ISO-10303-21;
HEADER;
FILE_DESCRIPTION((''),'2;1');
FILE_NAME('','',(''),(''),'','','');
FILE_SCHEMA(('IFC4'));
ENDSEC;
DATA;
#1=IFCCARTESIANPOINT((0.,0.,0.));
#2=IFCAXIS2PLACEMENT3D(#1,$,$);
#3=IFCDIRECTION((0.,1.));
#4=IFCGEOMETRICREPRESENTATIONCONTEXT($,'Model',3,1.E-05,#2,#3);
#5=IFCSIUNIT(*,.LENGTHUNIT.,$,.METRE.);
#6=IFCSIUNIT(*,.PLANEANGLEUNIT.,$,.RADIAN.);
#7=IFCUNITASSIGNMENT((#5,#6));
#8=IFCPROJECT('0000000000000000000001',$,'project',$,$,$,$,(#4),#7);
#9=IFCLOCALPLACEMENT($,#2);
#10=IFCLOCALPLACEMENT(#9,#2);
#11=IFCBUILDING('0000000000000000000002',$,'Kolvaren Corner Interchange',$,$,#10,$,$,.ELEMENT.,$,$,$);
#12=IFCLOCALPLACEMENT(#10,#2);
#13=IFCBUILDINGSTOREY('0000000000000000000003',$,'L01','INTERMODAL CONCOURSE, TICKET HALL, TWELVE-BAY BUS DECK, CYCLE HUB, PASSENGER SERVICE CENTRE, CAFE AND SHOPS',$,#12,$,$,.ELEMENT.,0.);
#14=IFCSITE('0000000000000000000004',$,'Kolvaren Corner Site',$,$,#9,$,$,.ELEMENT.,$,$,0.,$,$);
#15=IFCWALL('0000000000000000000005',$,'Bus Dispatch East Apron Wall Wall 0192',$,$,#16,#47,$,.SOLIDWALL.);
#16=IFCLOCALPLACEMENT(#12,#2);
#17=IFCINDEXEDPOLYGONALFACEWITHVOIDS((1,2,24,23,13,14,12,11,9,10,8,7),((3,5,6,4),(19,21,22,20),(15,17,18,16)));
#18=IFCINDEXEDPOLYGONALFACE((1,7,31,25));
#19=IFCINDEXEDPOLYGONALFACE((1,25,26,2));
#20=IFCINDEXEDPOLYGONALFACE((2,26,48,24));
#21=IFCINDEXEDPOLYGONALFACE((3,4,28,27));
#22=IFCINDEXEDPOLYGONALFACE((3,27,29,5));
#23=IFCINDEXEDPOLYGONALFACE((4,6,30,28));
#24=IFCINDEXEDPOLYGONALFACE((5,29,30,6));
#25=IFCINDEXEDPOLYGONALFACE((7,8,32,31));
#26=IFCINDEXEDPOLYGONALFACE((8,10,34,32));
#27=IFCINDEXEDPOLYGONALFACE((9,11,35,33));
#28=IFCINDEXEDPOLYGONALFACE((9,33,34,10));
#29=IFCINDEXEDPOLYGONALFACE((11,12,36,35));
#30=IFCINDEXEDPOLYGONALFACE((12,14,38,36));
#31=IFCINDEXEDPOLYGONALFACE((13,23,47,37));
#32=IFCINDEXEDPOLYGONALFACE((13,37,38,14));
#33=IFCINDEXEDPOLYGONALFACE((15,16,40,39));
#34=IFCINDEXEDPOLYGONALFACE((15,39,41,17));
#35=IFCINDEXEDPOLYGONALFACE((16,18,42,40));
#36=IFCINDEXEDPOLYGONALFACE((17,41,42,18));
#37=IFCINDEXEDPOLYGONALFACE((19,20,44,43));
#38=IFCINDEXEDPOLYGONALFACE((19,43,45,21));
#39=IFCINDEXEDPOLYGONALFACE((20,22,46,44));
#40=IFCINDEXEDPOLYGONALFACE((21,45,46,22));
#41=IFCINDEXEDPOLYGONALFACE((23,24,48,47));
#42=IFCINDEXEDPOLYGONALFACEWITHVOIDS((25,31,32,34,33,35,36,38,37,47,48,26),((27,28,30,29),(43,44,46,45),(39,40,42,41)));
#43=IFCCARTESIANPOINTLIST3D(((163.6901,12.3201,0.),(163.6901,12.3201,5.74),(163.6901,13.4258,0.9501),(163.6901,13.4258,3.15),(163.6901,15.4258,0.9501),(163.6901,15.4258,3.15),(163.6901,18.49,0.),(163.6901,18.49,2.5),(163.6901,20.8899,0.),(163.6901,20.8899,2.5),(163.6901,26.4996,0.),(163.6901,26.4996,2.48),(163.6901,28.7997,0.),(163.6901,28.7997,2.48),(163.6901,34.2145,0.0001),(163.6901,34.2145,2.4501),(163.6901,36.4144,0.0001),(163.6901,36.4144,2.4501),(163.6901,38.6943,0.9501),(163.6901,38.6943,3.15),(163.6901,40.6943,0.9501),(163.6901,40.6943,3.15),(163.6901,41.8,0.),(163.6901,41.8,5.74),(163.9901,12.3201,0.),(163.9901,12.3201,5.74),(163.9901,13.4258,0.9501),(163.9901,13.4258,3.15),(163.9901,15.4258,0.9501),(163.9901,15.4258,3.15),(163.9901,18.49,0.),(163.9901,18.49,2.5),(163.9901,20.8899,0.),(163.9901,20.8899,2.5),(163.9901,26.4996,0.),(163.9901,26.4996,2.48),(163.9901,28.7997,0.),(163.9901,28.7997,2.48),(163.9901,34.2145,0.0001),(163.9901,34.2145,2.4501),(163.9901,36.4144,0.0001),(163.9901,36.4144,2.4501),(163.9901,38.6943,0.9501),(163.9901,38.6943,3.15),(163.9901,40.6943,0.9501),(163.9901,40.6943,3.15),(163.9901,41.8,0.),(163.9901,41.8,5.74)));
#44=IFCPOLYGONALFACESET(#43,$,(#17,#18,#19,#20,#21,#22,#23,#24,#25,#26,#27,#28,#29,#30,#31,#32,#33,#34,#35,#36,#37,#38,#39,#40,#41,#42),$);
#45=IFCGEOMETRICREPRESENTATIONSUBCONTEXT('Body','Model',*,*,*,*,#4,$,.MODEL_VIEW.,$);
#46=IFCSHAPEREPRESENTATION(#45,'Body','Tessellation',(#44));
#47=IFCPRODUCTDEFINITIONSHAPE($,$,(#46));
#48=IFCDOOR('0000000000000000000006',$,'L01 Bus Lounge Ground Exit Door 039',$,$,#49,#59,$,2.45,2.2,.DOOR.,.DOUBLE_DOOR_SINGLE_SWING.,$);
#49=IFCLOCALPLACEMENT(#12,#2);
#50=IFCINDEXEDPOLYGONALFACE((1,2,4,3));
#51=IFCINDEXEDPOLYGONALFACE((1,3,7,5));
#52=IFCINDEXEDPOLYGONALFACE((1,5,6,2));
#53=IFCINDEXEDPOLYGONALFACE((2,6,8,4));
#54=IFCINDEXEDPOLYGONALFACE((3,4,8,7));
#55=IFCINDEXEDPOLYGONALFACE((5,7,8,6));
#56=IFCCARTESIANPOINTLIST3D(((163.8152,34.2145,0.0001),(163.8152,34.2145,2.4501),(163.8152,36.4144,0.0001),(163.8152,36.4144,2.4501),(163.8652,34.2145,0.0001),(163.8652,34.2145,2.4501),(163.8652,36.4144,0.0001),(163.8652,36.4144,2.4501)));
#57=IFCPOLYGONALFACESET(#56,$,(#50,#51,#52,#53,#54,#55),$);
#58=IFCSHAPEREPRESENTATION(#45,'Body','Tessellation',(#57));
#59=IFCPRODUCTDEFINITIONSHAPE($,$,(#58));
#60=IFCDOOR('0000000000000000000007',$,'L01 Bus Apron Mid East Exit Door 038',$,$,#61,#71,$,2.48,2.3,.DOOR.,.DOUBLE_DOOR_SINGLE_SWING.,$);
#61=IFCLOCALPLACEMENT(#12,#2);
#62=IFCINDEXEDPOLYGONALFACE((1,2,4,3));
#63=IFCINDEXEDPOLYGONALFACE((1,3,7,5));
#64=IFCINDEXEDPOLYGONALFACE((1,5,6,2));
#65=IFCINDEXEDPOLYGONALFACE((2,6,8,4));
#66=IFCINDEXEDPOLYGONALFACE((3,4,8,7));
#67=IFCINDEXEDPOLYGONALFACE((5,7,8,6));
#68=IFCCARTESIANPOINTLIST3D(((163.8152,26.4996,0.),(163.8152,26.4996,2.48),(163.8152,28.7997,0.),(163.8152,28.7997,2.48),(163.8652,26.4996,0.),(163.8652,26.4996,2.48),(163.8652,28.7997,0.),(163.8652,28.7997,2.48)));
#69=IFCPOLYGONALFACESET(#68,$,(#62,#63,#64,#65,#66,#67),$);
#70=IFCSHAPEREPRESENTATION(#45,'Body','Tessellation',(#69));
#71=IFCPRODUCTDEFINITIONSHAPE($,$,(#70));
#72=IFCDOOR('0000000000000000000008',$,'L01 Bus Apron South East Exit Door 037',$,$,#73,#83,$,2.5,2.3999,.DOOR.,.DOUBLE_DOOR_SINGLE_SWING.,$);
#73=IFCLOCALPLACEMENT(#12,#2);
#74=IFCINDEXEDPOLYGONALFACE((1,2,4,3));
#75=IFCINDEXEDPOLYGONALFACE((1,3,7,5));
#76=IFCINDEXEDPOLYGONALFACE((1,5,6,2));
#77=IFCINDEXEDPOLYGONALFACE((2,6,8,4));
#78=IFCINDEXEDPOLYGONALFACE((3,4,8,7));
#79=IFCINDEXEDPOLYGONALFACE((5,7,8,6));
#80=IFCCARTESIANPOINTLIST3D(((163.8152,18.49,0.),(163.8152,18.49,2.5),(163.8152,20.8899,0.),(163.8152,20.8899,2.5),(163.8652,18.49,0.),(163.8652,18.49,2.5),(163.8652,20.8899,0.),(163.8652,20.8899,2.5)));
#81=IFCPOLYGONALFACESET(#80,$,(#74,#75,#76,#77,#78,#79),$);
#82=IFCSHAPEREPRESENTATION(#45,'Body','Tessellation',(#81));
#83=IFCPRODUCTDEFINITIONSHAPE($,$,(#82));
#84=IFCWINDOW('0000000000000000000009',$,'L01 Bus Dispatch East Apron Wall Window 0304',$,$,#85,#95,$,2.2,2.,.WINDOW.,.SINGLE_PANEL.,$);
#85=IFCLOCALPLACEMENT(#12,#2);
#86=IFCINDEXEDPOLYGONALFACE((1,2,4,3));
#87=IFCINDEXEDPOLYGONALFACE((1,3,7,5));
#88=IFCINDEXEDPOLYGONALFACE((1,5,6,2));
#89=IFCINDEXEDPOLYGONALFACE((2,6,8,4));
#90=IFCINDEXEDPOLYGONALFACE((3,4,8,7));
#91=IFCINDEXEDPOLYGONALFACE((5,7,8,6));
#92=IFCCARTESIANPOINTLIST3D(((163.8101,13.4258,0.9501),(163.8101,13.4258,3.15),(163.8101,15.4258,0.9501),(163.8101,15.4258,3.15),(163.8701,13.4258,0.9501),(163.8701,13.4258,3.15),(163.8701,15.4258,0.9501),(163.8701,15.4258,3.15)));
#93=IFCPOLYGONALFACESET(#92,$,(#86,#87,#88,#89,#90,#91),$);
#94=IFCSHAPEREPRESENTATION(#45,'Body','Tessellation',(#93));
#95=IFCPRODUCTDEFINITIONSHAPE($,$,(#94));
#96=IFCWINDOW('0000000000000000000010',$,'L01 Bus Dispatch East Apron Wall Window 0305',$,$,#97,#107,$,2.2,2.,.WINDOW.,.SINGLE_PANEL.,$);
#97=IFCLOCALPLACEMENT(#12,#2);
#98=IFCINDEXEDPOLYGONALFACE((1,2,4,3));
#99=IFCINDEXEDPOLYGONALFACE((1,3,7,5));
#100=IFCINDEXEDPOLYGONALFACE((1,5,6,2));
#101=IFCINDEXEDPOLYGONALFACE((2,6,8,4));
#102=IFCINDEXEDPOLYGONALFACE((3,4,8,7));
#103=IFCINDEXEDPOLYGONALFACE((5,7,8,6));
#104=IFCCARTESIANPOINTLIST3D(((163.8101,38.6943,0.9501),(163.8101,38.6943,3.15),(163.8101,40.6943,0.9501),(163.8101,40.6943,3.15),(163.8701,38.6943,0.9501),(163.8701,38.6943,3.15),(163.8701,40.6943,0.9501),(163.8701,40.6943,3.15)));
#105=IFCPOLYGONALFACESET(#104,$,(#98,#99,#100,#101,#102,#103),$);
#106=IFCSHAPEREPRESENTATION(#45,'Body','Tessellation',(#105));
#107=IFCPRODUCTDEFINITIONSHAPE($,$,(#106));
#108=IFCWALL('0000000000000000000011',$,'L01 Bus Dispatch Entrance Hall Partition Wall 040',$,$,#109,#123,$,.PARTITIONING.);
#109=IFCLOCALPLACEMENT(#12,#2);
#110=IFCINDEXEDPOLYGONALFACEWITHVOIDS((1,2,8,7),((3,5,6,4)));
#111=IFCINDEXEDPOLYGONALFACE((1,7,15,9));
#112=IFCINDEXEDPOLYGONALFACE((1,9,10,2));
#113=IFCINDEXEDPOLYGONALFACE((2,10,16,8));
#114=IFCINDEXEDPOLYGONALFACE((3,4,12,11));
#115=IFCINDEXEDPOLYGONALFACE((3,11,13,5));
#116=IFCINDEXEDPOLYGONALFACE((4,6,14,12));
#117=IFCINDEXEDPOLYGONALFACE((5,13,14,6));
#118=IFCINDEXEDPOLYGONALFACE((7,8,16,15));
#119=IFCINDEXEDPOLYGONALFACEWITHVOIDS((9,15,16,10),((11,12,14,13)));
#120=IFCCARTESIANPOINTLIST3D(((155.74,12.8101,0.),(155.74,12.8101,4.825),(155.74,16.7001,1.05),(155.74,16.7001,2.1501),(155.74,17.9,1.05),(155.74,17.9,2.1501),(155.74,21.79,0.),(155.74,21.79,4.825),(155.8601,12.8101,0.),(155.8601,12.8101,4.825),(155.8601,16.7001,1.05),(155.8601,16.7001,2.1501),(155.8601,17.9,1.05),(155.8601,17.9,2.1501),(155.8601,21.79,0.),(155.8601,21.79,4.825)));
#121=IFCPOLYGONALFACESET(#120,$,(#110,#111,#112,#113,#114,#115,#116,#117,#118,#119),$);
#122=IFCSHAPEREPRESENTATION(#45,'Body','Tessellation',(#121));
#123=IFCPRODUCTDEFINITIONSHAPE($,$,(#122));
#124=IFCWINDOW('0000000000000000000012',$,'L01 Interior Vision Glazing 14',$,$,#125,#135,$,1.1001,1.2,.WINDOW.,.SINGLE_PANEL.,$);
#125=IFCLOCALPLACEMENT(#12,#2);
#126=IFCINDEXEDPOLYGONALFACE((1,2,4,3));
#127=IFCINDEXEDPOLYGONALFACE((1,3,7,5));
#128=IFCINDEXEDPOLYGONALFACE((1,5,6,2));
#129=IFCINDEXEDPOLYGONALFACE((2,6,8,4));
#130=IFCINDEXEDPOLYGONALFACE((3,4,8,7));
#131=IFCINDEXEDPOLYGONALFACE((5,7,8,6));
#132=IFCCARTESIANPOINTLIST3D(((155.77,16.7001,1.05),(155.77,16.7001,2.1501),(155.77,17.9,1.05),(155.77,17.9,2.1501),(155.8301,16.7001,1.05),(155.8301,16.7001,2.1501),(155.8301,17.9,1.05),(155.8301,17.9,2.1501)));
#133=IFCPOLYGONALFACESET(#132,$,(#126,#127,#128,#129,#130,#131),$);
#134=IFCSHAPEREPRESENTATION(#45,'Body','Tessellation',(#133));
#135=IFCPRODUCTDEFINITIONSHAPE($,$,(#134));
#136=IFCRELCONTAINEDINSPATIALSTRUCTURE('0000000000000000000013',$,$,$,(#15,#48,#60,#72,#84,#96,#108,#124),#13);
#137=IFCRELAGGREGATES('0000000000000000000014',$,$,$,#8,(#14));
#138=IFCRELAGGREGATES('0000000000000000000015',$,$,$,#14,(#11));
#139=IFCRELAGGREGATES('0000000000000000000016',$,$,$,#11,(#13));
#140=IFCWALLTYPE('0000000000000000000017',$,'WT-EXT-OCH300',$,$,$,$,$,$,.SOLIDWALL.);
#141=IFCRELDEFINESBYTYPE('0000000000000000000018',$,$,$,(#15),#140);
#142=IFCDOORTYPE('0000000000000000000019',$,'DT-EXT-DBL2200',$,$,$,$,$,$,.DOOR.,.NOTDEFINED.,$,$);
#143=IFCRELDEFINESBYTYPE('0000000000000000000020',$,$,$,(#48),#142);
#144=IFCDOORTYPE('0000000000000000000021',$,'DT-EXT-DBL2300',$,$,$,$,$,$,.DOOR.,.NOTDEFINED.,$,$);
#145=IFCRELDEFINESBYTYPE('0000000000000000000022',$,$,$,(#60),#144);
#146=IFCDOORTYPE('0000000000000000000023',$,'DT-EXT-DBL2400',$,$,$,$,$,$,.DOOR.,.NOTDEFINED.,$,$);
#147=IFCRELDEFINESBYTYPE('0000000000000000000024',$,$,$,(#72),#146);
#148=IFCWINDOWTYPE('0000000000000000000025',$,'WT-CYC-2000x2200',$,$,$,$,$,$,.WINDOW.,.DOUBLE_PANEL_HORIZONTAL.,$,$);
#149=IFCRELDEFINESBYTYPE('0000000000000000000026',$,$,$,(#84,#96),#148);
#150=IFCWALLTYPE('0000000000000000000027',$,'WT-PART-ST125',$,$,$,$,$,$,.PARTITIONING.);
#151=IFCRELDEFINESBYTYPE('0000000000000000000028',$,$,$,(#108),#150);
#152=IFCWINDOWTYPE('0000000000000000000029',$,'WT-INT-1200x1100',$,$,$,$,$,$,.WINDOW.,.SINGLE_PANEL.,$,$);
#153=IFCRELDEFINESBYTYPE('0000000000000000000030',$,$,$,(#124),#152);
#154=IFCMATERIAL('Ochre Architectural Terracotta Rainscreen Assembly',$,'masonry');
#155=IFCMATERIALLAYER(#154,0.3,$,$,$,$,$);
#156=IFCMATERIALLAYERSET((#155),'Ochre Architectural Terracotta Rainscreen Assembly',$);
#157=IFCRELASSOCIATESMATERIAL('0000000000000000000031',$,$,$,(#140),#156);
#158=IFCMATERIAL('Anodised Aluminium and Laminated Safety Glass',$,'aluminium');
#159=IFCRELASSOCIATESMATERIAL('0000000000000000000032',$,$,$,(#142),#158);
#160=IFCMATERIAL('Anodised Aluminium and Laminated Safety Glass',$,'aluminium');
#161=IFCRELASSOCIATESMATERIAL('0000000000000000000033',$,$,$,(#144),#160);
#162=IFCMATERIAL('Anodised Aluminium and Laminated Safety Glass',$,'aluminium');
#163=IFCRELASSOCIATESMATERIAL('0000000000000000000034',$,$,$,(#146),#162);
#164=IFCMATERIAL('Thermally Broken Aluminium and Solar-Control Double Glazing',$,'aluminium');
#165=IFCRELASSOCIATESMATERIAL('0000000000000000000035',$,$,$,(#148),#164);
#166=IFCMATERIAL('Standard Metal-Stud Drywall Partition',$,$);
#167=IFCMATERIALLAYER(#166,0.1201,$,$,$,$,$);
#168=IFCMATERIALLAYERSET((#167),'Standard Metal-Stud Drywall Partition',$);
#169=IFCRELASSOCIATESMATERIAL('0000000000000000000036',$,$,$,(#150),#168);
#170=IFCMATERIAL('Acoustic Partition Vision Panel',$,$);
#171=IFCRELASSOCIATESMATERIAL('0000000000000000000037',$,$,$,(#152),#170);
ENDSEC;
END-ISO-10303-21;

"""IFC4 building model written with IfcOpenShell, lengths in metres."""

from ifc_helpers import new_model, si_unit, direction, frame, frame_2d, origin, place, context, subcontext, project, spatial, rectangle, extrude, material, layer, layer_set, type_object, element, fill, save


model = new_model("IFC4")

# Units and contexts
model_context = context("Model", 3, precision=1e-05, world=origin(), true_north=direction((0.0, 1.0)))
body_context = subcontext(model_context, "Body", "Model", "MODEL_VIEW")
ifc_project = project(units=[si_unit("LENGTHUNIT", "METRE"), si_unit("PLANEANGLEUNIT", "RADIAN")], contexts=[model_context])

# Site, building, storey
site_placement = place(None, origin())
site = spatial("IfcSite", under=ifc_project, at=site_placement, Name="Kolvaren Corner Site", CompositionType="ELEMENT", RefElevation=0.0)
building_placement = place(site_placement, origin())
building = spatial("IfcBuilding", under=site, at=building_placement, Name="Kolvaren Corner Interchange", CompositionType="ELEMENT")
storey_placement = place(building_placement, origin())
storey = spatial("IfcBuildingStorey", under=building, at=storey_placement, Name="L01", Description="INTERMODAL CONCOURSE, TICKET HALL, TWELVE-BAY BUS DECK, CYCLE HUB, PASSENGER SERVICE CENTRE, CAFE AND SHOPS", CompositionType="ELEMENT", Elevation=0.0)

# Shared definitions
ifc_material_1 = material(Name="Ochre Architectural Terracotta Rainscreen Assembly", Category="masonry")
ifc_layer_1 = layer(ifc_material_1, 0.3)
ifc_layer_set_1 = layer_set([ifc_layer_1], Name="Ochre Architectural Terracotta Rainscreen Assembly")
wall_type_1 = type_object("IfcWallType", Name="WT-EXT-OCH300", PredefinedType="SOLIDWALL", material=ifc_layer_set_1)

# Wall, openings, doors, windows
wall_1_placement = place(storey_placement, frame((163.8401, 12.3201, 0.0), z_axis=(0.0, 0.0, 1.0), x_axis=(0.0, 1.0, 0.0)))
wall_1 = element("IfcWall", 1, at=wall_1_placement, inside=storey, type_object=wall_type_1, Name="Bus Dispatch East Apron Wall Wall 0192", PredefinedType="SOLIDWALL", context=body_context, shape_type="SweptSolid", body=[
    extrude(rectangle(XDim=29.48, YDim=0.3, at=frame_2d((14.74, 0.0))), origin(), (0.0, 0.0, 1.0), 5.74),
])
opening_1_placement = place(wall_1_placement, frame((6.1699, 0.0, 0.0)))
opening_1 = element("IfcOpeningElement", 2, at=opening_1_placement, cuts=wall_1, PredefinedType="OPENING", context=body_context, shape_type="SweptSolid", body=[
    extrude(rectangle(XDim=2.3999, YDim=2.5, at=frame_2d((1.2, 1.25))), frame((0.0, 0.1599, 0.0), z_axis=(0.0, -1.0, 0.0), x_axis=(1.0, 0.0, 0.0)), (0.0, 0.0, 1.0), 0.3201),
])
opening_2_placement = place(wall_1_placement, frame((14.1797, 0.0, 0.0)))
opening_2 = element("IfcOpeningElement", 3, at=opening_2_placement, cuts=wall_1, PredefinedType="OPENING", context=body_context, shape_type="SweptSolid", body=[
    extrude(rectangle(XDim=2.3, YDim=2.48, at=frame_2d((1.1499, 1.24))), frame((0.0, 0.1599, 0.0), z_axis=(0.0, -1.0, 0.0), x_axis=(1.0, 0.0, 0.0)), (0.0, 0.0, 1.0), 0.3201),
])
opening_3_placement = place(wall_1_placement, frame((21.8943, 0.0, 0.0)))
opening_3 = element("IfcOpeningElement", 4, at=opening_3_placement, cuts=wall_1, PredefinedType="OPENING", context=body_context, shape_type="SweptSolid", body=[
    extrude(rectangle(XDim=2.2, YDim=2.45, at=frame_2d((1.1001, 1.2251))), frame((0.0, 0.1599, 0.0), z_axis=(0.0, -1.0, 0.0), x_axis=(1.0, 0.0, 0.0)), (0.0, 0.0, 1.0), 0.3201),
])
opening_4_placement = place(wall_1_placement, frame((1.1057, 0.0, 0.95)))
opening_4 = element("IfcOpeningElement", 5, at=opening_4_placement, cuts=wall_1, PredefinedType="OPENING", context=body_context, shape_type="SweptSolid", body=[
    extrude(rectangle(XDim=2.0, YDim=2.2, at=frame_2d((1.0, 1.1001))), frame((0.0, 0.1599, 0.0), z_axis=(0.0, -1.0, 0.0), x_axis=(1.0, 0.0, 0.0)), (0.0, 0.0, 1.0), 0.3201),
])
opening_5_placement = place(wall_1_placement, frame((26.3743, 0.0, 0.95)))
opening_5 = element("IfcOpeningElement", 6, at=opening_5_placement, cuts=wall_1, PredefinedType="OPENING", context=body_context, shape_type="SweptSolid", body=[
    extrude(rectangle(XDim=2.0, YDim=2.2, at=frame_2d((1.0, 1.1001))), frame((0.0, 0.1599, 0.0), z_axis=(0.0, -1.0, 0.0), x_axis=(1.0, 0.0, 0.0)), (0.0, 0.0, 1.0), 0.3201),
])
ifc_material_2 = material(Name="Anodised Aluminium and Laminated Safety Glass", Category="aluminium")
door_type_1 = type_object("IfcDoorType", Name="DT-EXT-DBL2200", OperationType="NOTDEFINED", PredefinedType="DOOR", material=ifc_material_2)
door_1_placement = place(opening_3_placement, origin())
door_1 = element("IfcDoor", 7, at=door_1_placement, inside=storey, type_object=door_type_1, Name="L01 Bus Lounge Ground Exit Door 039", OperationType="DOUBLE_DOOR_SINGLE_SWING", OverallHeight=2.45, OverallWidth=2.2, PredefinedType="DOOR", context=body_context, shape_type="SweptSolid", body=[
    extrude(rectangle(XDim=2.2, YDim=2.45, at=frame_2d((1.1001, 1.2251))), frame((0.0, 0.0249, 0.0), z_axis=(0.0, -1.0, 0.0), x_axis=(1.0, 0.0, 0.0)), (0.0, 0.0, 1.0), 0.05),
])
fill(opening_3, door_1)
ifc_material_3 = material(Name="Anodised Aluminium and Laminated Safety Glass", Category="aluminium")
door_type_2 = type_object("IfcDoorType", Name="DT-EXT-DBL2300", OperationType="NOTDEFINED", PredefinedType="DOOR", material=ifc_material_3)
door_2_placement = place(opening_2_placement, origin())
door_2 = element("IfcDoor", 8, at=door_2_placement, inside=storey, type_object=door_type_2, Name="L01 Bus Apron Mid East Exit Door 038", OperationType="DOUBLE_DOOR_SINGLE_SWING", OverallHeight=2.48, OverallWidth=2.3, PredefinedType="DOOR", context=body_context, shape_type="SweptSolid", body=[
    extrude(rectangle(XDim=2.3, YDim=2.48, at=frame_2d((1.1499, 1.24))), frame((0.0, 0.0249, 0.0), z_axis=(0.0, -1.0, 0.0), x_axis=(1.0, 0.0, 0.0)), (0.0, 0.0, 1.0), 0.05),
])
fill(opening_2, door_2)
ifc_material_4 = material(Name="Anodised Aluminium and Laminated Safety Glass", Category="aluminium")
door_type_3 = type_object("IfcDoorType", Name="DT-EXT-DBL2400", OperationType="NOTDEFINED", PredefinedType="DOOR", material=ifc_material_4)
door_3_placement = place(opening_1_placement, origin())
door_3 = element("IfcDoor", 9, at=door_3_placement, inside=storey, type_object=door_type_3, Name="L01 Bus Apron South East Exit Door 037", OperationType="DOUBLE_DOOR_SINGLE_SWING", OverallHeight=2.5, OverallWidth=2.3999, PredefinedType="DOOR", context=body_context, shape_type="SweptSolid", body=[
    extrude(rectangle(XDim=2.3999, YDim=2.5, at=frame_2d((1.2, 1.25))), frame((0.0, 0.0249, 0.0), z_axis=(0.0, -1.0, 0.0), x_axis=(1.0, 0.0, 0.0)), (0.0, 0.0, 1.0), 0.05),
])
fill(opening_1, door_3)
ifc_material_5 = material(Name="Thermally Broken Aluminium and Solar-Control Double Glazing", Category="aluminium")
window_type_1 = type_object("IfcWindowType", Name="WT-CYC-2000x2200", PartitioningType="DOUBLE_PANEL_HORIZONTAL", PredefinedType="WINDOW", material=ifc_material_5)
window_1_placement = place(opening_4_placement, origin())
window_1 = element("IfcWindow", 10, at=window_1_placement, inside=storey, type_object=window_type_1, Name="L01 Bus Dispatch East Apron Wall Window 0304", OverallHeight=2.2, OverallWidth=2.0, PartitioningType="SINGLE_PANEL", PredefinedType="WINDOW", context=body_context, shape_type="SweptSolid", body=[
    extrude(rectangle(XDim=2.0, YDim=2.2, at=frame_2d((1.0, 1.1001))), frame((0.0, 0.03, 0.0), z_axis=(0.0, -1.0, 0.0), x_axis=(1.0, 0.0, 0.0)), (0.0, 0.0, 1.0), 0.0601),
])
fill(opening_4, window_1)
window_2_placement = place(opening_5_placement, origin())
window_2 = element("IfcWindow", 11, at=window_2_placement, inside=storey, type_object=window_type_1, Name="L01 Bus Dispatch East Apron Wall Window 0305", OverallHeight=2.2, OverallWidth=2.0, PartitioningType="SINGLE_PANEL", PredefinedType="WINDOW", context=body_context, shape_type="SweptSolid", body=[
    extrude(rectangle(XDim=2.0, YDim=2.2, at=frame_2d((1.0, 1.1001))), frame((0.0, 0.03, 0.0), z_axis=(0.0, -1.0, 0.0), x_axis=(1.0, 0.0, 0.0)), (0.0, 0.0, 1.0), 0.0601),
])
fill(opening_5, window_2)

# Wall, opening, window
ifc_material_6 = material(Name="Standard Metal-Stud Drywall Partition")
ifc_layer_2 = layer(ifc_material_6, 0.1201)
ifc_layer_set_2 = layer_set([ifc_layer_2], Name="Standard Metal-Stud Drywall Partition")
wall_type_2 = type_object("IfcWallType", Name="WT-PART-ST125", PredefinedType="PARTITIONING", material=ifc_layer_set_2)
wall_2_placement = place(storey_placement, frame((155.8, 12.8101, 0.0), z_axis=(0.0, 0.0, 1.0), x_axis=(0.0, 1.0, 0.0)))
wall_2 = element("IfcWall", 12, at=wall_2_placement, inside=storey, type_object=wall_type_2, Name="L01 Bus Dispatch Entrance Hall Partition Wall 040", PredefinedType="PARTITIONING", context=body_context, shape_type="SweptSolid", body=[
    extrude(rectangle(XDim=8.98, YDim=0.1201, at=frame_2d((4.49, 0.0))), origin(), (0.0, 0.0, 1.0), 4.825),
])
opening_6_placement = place(wall_2_placement, frame((3.8899, 0.0, 1.05)))
opening_6 = element("IfcOpeningElement", 13, at=opening_6_placement, cuts=wall_2, PredefinedType="OPENING", context=body_context, shape_type="SweptSolid", body=[
    extrude(rectangle(XDim=1.2, YDim=1.1001, at=frame_2d((0.6001, 0.55))), frame((0.0, 0.0701, 0.0), z_axis=(0.0, -1.0, 0.0), x_axis=(1.0, 0.0, 0.0)), (0.0, 0.0, 1.0), 0.1401),
])
ifc_material_7 = material(Name="Acoustic Partition Vision Panel")
window_type_2 = type_object("IfcWindowType", Name="WT-INT-1200x1100", PartitioningType="SINGLE_PANEL", PredefinedType="WINDOW", material=ifc_material_7)
window_3_placement = place(opening_6_placement, origin())
window_3 = element("IfcWindow", 14, at=window_3_placement, inside=storey, type_object=window_type_2, Name="L01 Interior Vision Glazing 14", OverallHeight=1.1001, OverallWidth=1.2, PartitioningType="SINGLE_PANEL", PredefinedType="WINDOW", context=body_context, shape_type="SweptSolid", body=[
    extrude(rectangle(XDim=1.2, YDim=1.1001, at=frame_2d((0.6001, 0.55))), frame((0.0, 0.03, 0.0), z_axis=(0.0, -1.0, 0.0), x_axis=(1.0, 0.0, 0.0)), (0.0, 0.0, 1.0), 0.0601),
])
fill(opening_6, window_3)

save(model, "model.ifc")
